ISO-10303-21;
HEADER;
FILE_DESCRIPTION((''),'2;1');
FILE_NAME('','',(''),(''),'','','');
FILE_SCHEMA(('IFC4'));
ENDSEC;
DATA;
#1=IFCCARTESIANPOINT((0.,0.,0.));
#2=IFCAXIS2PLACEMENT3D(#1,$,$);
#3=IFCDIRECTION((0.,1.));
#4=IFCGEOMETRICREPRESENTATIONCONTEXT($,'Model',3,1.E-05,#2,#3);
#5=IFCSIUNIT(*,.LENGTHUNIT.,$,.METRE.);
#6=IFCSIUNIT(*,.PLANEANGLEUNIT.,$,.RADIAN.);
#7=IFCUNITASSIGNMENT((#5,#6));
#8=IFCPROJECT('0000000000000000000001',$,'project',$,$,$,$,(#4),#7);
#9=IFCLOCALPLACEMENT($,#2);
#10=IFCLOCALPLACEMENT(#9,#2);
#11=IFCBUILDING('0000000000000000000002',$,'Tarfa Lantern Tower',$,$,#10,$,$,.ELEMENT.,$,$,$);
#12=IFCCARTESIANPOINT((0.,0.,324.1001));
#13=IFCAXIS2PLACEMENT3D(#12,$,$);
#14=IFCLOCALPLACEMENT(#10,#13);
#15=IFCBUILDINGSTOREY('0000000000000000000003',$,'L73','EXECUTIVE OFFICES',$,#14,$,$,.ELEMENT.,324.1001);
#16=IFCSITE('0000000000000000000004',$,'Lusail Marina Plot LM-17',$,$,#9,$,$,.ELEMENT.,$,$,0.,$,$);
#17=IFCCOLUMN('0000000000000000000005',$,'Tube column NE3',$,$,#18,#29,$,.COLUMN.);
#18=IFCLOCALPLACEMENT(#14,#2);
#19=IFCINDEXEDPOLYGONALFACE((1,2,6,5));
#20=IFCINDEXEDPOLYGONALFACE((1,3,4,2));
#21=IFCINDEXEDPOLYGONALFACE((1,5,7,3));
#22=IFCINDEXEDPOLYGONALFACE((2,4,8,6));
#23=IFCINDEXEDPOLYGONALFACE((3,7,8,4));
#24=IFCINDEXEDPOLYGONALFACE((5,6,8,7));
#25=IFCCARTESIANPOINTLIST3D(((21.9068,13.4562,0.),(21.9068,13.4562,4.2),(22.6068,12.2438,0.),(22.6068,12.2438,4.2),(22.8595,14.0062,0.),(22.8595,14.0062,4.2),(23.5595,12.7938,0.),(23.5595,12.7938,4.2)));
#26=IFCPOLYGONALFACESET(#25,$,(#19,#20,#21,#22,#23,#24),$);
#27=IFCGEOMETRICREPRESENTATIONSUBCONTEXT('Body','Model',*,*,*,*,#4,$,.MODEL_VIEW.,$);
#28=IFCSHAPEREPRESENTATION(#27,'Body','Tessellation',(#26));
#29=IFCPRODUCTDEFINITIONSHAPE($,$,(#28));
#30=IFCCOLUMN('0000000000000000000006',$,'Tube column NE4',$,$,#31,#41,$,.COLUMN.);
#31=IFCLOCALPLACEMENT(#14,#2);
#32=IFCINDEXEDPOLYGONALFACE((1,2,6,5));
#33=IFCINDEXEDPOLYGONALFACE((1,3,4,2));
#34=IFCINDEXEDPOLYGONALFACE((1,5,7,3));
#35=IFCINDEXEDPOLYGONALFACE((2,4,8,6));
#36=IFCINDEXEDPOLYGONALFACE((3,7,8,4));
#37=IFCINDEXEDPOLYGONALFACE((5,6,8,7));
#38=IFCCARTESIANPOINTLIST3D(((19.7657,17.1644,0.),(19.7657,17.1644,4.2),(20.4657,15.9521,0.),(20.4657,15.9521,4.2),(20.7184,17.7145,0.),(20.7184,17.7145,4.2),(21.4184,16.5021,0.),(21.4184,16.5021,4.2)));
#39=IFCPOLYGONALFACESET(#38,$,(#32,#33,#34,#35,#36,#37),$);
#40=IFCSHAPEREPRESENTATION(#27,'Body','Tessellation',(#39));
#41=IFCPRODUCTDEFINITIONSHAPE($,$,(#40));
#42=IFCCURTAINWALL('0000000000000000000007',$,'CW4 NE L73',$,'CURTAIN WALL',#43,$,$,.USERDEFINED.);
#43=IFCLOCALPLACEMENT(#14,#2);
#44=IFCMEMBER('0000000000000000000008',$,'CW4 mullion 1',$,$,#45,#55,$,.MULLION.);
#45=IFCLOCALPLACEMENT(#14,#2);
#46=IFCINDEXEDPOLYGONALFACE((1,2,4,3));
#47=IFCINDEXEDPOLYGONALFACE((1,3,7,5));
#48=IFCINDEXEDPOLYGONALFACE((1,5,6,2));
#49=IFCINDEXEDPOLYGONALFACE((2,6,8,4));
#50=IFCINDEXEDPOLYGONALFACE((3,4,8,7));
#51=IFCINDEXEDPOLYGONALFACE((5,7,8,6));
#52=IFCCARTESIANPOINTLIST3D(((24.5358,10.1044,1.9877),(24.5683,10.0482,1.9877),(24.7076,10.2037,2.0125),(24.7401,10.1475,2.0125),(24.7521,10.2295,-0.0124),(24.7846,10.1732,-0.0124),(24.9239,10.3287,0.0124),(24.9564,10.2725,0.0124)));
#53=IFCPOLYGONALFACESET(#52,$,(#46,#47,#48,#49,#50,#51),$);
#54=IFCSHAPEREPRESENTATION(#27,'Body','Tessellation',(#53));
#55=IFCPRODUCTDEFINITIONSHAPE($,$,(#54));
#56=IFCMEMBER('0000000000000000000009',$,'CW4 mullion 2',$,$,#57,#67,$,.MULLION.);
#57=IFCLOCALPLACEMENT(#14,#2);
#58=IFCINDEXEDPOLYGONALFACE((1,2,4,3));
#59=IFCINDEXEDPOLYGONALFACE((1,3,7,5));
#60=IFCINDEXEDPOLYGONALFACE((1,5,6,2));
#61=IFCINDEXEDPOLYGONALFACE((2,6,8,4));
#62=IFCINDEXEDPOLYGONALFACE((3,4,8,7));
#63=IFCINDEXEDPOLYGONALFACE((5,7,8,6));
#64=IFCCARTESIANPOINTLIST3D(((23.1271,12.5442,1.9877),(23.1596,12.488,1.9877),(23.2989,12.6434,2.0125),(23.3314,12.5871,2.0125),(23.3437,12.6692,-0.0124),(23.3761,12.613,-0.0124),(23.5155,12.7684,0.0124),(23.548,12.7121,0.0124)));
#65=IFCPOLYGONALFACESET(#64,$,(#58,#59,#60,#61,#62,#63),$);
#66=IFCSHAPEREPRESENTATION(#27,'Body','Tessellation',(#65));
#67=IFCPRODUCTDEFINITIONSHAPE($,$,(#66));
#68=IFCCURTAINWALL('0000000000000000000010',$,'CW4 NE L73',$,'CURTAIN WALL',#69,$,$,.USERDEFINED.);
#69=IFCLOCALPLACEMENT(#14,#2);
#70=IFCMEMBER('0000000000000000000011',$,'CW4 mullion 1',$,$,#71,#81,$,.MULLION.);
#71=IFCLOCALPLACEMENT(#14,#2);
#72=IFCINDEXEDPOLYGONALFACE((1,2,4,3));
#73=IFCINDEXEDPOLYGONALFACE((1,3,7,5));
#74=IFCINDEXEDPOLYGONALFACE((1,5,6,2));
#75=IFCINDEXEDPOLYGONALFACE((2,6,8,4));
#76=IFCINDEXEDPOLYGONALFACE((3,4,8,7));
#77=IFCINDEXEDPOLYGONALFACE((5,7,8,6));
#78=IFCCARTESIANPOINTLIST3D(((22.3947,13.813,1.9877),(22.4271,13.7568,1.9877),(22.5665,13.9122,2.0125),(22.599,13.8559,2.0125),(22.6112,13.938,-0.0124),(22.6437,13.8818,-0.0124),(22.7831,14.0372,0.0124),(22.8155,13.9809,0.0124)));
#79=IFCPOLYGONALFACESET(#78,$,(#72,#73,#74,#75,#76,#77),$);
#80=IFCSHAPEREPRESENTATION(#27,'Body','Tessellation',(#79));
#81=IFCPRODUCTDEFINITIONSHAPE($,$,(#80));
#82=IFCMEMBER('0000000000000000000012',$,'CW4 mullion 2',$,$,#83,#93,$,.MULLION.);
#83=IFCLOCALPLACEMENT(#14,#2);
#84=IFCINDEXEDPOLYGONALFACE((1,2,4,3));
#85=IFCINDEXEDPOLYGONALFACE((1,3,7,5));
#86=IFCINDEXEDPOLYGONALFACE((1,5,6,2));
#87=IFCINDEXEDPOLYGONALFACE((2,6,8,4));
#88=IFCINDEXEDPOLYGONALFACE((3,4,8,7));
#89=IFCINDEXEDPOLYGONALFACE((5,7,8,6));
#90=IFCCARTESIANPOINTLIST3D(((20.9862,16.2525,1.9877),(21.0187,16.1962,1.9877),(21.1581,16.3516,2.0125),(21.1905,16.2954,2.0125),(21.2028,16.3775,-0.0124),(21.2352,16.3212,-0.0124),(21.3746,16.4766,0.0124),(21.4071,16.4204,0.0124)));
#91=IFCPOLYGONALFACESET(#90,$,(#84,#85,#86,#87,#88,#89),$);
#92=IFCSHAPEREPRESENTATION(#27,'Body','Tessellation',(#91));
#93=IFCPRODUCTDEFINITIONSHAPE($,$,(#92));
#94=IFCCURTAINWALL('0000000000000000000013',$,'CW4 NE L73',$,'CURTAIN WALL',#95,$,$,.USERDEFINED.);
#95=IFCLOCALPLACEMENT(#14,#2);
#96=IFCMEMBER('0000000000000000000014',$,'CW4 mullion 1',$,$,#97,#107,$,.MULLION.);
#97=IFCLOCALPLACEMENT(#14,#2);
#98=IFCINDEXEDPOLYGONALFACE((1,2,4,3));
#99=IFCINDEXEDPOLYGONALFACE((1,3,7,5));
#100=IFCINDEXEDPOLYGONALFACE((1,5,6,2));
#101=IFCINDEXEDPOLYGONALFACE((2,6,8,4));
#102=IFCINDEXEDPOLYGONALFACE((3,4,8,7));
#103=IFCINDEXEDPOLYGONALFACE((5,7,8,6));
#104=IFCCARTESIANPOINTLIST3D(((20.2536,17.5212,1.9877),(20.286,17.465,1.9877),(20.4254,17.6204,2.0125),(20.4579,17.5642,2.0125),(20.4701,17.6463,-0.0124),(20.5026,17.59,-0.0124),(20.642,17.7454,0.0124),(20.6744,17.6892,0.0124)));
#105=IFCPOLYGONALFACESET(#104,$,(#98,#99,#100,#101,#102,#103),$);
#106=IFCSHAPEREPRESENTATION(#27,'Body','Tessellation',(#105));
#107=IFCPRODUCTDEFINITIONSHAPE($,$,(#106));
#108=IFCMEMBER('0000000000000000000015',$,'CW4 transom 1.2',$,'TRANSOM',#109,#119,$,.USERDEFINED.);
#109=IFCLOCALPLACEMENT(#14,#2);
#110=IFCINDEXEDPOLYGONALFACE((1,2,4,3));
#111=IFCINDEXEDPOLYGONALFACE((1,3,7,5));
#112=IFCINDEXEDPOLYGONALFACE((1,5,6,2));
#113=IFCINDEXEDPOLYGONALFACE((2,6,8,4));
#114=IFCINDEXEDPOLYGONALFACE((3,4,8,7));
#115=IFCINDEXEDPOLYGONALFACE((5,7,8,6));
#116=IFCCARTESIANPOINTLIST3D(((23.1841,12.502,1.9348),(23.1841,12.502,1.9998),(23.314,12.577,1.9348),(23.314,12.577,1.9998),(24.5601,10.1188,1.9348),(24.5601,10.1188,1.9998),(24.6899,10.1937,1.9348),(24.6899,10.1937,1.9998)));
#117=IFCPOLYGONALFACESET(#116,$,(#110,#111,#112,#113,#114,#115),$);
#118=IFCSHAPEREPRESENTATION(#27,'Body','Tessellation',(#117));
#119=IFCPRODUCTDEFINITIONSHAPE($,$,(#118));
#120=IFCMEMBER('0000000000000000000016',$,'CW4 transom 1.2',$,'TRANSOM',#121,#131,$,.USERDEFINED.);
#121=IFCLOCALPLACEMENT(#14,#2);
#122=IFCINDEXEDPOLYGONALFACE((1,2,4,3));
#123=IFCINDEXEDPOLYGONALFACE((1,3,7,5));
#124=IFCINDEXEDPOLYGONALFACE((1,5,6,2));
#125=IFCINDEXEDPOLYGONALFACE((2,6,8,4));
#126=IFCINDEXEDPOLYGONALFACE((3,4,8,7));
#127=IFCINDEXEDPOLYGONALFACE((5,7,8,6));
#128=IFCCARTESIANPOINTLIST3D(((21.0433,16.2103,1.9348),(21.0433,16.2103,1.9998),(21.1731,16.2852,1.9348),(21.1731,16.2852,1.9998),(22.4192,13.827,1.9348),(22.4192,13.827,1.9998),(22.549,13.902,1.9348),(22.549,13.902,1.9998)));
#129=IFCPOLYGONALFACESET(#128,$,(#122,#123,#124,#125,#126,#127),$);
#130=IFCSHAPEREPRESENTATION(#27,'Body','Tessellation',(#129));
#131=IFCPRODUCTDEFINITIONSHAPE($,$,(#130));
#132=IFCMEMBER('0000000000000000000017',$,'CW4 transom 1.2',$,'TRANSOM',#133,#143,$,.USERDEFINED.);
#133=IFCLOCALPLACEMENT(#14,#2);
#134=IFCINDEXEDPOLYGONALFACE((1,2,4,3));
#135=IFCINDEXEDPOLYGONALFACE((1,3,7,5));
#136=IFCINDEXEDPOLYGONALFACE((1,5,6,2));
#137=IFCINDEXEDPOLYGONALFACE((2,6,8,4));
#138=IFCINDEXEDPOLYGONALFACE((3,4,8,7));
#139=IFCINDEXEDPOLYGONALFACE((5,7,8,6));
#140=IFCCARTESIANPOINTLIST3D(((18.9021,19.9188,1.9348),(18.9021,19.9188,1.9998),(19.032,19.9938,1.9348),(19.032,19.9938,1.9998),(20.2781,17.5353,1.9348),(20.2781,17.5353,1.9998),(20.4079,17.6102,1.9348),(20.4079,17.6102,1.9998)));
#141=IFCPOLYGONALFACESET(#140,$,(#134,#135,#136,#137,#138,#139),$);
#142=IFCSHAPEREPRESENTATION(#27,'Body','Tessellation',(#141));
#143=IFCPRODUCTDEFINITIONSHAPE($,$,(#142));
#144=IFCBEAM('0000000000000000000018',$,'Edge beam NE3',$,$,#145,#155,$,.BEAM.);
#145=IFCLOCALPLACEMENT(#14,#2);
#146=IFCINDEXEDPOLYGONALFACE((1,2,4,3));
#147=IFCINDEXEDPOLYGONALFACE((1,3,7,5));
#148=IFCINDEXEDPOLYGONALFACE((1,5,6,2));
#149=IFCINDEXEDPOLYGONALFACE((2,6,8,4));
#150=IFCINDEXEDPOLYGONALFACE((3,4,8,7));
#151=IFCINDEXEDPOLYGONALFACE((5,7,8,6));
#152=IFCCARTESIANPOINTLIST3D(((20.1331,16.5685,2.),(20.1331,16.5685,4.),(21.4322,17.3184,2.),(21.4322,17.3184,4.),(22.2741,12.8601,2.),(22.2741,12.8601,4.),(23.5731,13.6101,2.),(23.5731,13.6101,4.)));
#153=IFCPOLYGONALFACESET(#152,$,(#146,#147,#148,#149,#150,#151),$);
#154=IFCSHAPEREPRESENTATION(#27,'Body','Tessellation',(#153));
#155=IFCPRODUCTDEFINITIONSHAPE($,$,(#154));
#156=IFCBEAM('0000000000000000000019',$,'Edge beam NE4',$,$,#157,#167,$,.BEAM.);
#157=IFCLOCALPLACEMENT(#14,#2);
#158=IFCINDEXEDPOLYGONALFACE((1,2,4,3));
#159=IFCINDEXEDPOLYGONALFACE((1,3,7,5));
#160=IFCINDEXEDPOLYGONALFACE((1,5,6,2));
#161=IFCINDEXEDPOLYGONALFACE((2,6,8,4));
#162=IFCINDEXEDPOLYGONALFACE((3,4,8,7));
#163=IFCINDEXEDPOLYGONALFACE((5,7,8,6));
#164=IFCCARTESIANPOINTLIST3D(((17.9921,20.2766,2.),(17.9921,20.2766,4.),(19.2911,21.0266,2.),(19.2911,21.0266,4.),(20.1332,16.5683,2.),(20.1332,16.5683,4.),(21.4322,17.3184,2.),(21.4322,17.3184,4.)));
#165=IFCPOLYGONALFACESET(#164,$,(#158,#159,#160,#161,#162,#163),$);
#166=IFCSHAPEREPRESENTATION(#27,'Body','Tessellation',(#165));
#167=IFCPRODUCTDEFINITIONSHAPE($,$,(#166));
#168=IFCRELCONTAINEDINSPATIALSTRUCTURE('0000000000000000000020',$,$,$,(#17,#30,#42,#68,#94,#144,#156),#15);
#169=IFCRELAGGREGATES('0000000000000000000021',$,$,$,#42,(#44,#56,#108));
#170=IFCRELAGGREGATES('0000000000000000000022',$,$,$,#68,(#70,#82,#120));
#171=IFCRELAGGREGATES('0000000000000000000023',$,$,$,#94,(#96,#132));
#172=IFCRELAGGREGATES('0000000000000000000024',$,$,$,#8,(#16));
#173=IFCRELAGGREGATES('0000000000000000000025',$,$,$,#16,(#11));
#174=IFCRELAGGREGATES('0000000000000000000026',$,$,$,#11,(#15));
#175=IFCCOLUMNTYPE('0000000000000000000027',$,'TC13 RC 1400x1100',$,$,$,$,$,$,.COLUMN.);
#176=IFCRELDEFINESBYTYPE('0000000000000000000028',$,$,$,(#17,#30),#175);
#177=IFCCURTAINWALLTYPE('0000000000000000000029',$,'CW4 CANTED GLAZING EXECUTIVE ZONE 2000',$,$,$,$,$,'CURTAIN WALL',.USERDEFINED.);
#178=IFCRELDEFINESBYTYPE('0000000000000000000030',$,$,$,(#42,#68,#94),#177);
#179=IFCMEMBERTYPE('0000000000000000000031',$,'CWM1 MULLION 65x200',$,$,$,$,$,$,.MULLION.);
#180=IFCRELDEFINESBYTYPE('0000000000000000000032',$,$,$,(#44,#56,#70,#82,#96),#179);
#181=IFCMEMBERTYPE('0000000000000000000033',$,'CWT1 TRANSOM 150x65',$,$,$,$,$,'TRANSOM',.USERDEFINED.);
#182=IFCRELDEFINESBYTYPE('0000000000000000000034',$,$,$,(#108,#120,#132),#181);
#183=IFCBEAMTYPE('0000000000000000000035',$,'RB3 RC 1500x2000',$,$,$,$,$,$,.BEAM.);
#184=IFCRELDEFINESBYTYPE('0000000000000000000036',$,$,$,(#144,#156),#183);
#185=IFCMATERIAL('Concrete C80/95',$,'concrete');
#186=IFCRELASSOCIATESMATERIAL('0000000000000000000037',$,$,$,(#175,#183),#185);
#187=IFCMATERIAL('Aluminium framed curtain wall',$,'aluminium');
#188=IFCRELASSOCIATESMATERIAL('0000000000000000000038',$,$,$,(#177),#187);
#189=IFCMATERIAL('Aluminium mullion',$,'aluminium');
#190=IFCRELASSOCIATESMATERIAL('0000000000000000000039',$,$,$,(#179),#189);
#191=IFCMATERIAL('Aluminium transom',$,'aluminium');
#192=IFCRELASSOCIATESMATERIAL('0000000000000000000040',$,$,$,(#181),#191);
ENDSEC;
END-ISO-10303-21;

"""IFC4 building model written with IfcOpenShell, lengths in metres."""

from ifc_helpers import new_model, si_unit, direction, frame, origin, origin_2d, place, context, subcontext, project, spatial, rectangle, extrude, material, material_profile, profile_set, type_object, element, aggregate, save


model = new_model("IFC4")

# Units and contexts
model_context = context("Model", 3, precision=1e-05, world=origin(), true_north=direction((0.0, 1.0)))
body_context = subcontext(model_context, "Body", "Model", "MODEL_VIEW")
ifc_project = project(units=[si_unit("LENGTHUNIT", "METRE"), si_unit("PLANEANGLEUNIT", "RADIAN")], contexts=[model_context])

# Site, building, storey
site_placement = place(None, origin())
site = spatial("IfcSite", under=ifc_project, at=site_placement, Name="Lusail Marina Plot LM-17", CompositionType="ELEMENT", RefElevation=0.0)
building_placement = place(site_placement, origin())
building = spatial("IfcBuilding", under=site, at=building_placement, Name="Tarfa Lantern Tower", CompositionType="ELEMENT")
storey_placement = place(building_placement, frame((0.0, 0.0, 324.1001)))
storey = spatial("IfcBuildingStorey", under=building, at=storey_placement, Name="L73", Description="EXECUTIVE OFFICES", CompositionType="ELEMENT", Elevation=324.1001)

# Columns
ifc_material_1 = material(Name="Concrete C80/95", Category="concrete")
ifc_material_profile_1 = material_profile(ifc_material_1, rectangle(XDim=1.3999, YDim=1.1001, at=origin_2d()), Name="RC 1400x1100")
ifc_profile_set_1 = profile_set([ifc_material_profile_1], Name="Concrete C80/95")
column_type = type_object("IfcColumnType", Name="TC13 RC 1400x1100", PredefinedType="COLUMN", material=ifc_profile_set_1)
for number, where, z_axis, x_axis, name in (
    (1, (22.7332, 13.125, 0.0), (0.0, 0.0, 1.0), (-0.5, 0.866025, 0.0), "Tube column NE3"),
    (2, (20.592, 16.8333, 0.0), (0.0, 0.0, 1.0), (-0.5, 0.866025, 0.0), "Tube column NE4"),
):
    element("IfcColumn", number, at=place(storey_placement, frame(where, z_axis=z_axis, x_axis=x_axis)), inside=storey, type_object=column_type, Name=name, PredefinedType="COLUMN", context=body_context, shape_type="SweptSolid", body=[
        extrude(rectangle(XDim=1.3999, YDim=1.1001, at=origin_2d()), origin(), (0.0, 0.0, 1.0), 4.2),
    ])

# Curtain walls, members
ifc_material_2 = material(Name="Aluminium framed curtain wall", Category="aluminium")
curtain_wall_type = type_object("IfcCurtainWallType", Name="CW4 CANTED GLAZING EXECUTIVE ZONE 2000", ElementType="CURTAIN WALL", PredefinedType="USERDEFINED", material=ifc_material_2)
curtain_wall_1_placement = place(storey_placement, origin())
curtain_wall_1 = element("IfcCurtainWall", 3, at=curtain_wall_1_placement, inside=storey, type_object=curtain_wall_type, Name="CW4 NE L73", ObjectType="CURTAIN WALL", PredefinedType="USERDEFINED")
ifc_material_3 = material(Name="Aluminium mullion", Category="aluminium")
ifc_material_profile_2 = material_profile(ifc_material_3, rectangle(XDim=0.0649, YDim=0.2, at=origin_2d()), Name="AL MULLION 65x200")
ifc_profile_set_2 = profile_set([ifc_material_profile_2], Name="Aluminium mullion")
member_type_1 = type_object("IfcMemberType", Name="CWM1 MULLION 65x200", PredefinedType="MULLION", material=ifc_profile_set_2)
member_1_placement = place(storey_placement, frame((24.8542, 10.251, 0.0), z_axis=(-0.10732, -0.062018, 0.992288), x_axis=(0.500343, -0.865827, 0.0)))
member_1 = element("IfcMember", 4, at=member_1_placement, type_object=member_type_1, Name="CW4 mullion 1", PredefinedType="MULLION", context=body_context, shape_type="SweptSolid", body=[
    extrude(rectangle(XDim=0.0649, YDim=0.2, at=origin_2d()), origin(), (0.0, 0.0, 1.0), 2.0156),
])
member_2_placement = place(storey_placement, frame((23.4458, 12.6907, 0.0), z_axis=(-0.10744, -0.062017, 0.992275), x_axis=(0.49992, -0.866072, 0.0)))
member_2 = element("IfcMember", 5, at=member_2_placement, type_object=member_type_1, Name="CW4 mullion 2", PredefinedType="MULLION", context=body_context, shape_type="SweptSolid", body=[
    extrude(rectangle(XDim=0.0649, YDim=0.2, at=origin_2d()), origin(), (0.0, 0.0, 1.0), 2.0156),
])
curtain_wall_2_placement = place(storey_placement, origin())
curtain_wall_2 = element("IfcCurtainWall", 6, at=curtain_wall_2_placement, inside=storey, type_object=curtain_wall_type, Name="CW4 NE L73", ObjectType="CURTAIN WALL", PredefinedType="USERDEFINED")
member_3_placement = place(storey_placement, frame((22.7134, 13.9595, 0.0), z_axis=(-0.10744, -0.062017, 0.992275), x_axis=(0.49992, -0.866072, 0.0)))
member_3 = element("IfcMember", 7, at=member_3_placement, type_object=member_type_1, Name="CW4 mullion 1", PredefinedType="MULLION", context=body_context, shape_type="SweptSolid", body=[
    extrude(rectangle(XDim=0.0649, YDim=0.2, at=origin_2d()), origin(), (0.0, 0.0, 1.0), 2.0156),
])
member_4_placement = place(storey_placement, frame((21.3049, 16.3989, 0.0), z_axis=(-0.10744, -0.062017, 0.992275), x_axis=(0.49992, -0.866072, 0.0)))
member_4 = element("IfcMember", 8, at=member_4_placement, type_object=member_type_1, Name="CW4 mullion 2", PredefinedType="MULLION", context=body_context, shape_type="SweptSolid", body=[
    extrude(rectangle(XDim=0.0649, YDim=0.2, at=origin_2d()), origin(), (0.0, 0.0, 1.0), 2.0156),
])

# Curtain wall, member
curtain_wall_3_placement = place(storey_placement, origin())
curtain_wall_3 = element("IfcCurtainWall", 9, at=curtain_wall_3_placement, inside=storey, type_object=curtain_wall_type, Name="CW4 NE L73", ObjectType="CURTAIN WALL", PredefinedType="USERDEFINED")
member_5_placement = place(storey_placement, frame((20.5723, 17.6677, 0.0), z_axis=(-0.10744, -0.062017, 0.992275), x_axis=(0.49992, -0.866072, 0.0)))
member_5 = element("IfcMember", 10, at=member_5_placement, type_object=member_type_1, Name="CW4 mullion 1", PredefinedType="MULLION", context=body_context, shape_type="SweptSolid", body=[
    extrude(rectangle(XDim=0.0649, YDim=0.2, at=origin_2d()), origin(), (0.0, 0.0, 1.0), 2.0156),
])

# Members
ifc_material_4 = material(Name="Aluminium transom", Category="aluminium")
ifc_material_profile_3 = material_profile(ifc_material_4, rectangle(XDim=0.1499, YDim=0.0649, at=origin_2d()), Name="AL TRANSOM 150x65")
ifc_profile_set_3 = profile_set([ifc_material_profile_3], Name="Aluminium transom")
member_type_2 = type_object("IfcMemberType", Name="CWT1 TRANSOM 150x65", ElementType="TRANSOM", PredefinedType="USERDEFINED", material=ifc_profile_set_3)
member_6_placement = place(storey_placement, frame((24.625, 10.1562, 1.9673), z_axis=(-0.499994, 0.866029, 0.0), x_axis=(-0.866029, -0.499994, 0.0)))
member_6 = element("IfcMember", 11, at=member_6_placement, type_object=member_type_2, Name="CW4 transom 1.2", ObjectType="TRANSOM", PredefinedType="USERDEFINED", context=body_context, shape_type="SweptSolid", body=[
    extrude(rectangle(XDim=0.1499, YDim=0.0649, at=origin_2d()), origin(), (0.0, 0.0, 1.0), 2.752),
])
member_7_placement = place(storey_placement, frame((22.4841, 13.8645, 1.9673), z_axis=(-0.499994, 0.866029, 0.0), x_axis=(-0.866029, -0.499994, 0.0)))
member_7 = element("IfcMember", 12, at=member_7_placement, type_object=member_type_2, Name="CW4 transom 1.2", ObjectType="TRANSOM", PredefinedType="USERDEFINED", context=body_context, shape_type="SweptSolid", body=[
    extrude(rectangle(XDim=0.1499, YDim=0.0649, at=origin_2d()), origin(), (0.0, 0.0, 1.0), 2.752),
])
member_8_placement = place(storey_placement, frame((20.343, 17.5728, 1.9673), z_axis=(-0.499955, 0.866051, 0.0), x_axis=(-0.866051, -0.499955, 0.0)))
member_8 = element("IfcMember", 13, at=member_8_placement, type_object=member_type_2, Name="CW4 transom 1.2", ObjectType="TRANSOM", PredefinedType="USERDEFINED", context=body_context, shape_type="SweptSolid", body=[
    extrude(rectangle(XDim=0.1499, YDim=0.0649, at=origin_2d()), origin(), (0.0, 0.0, 1.0), 2.7522),
])

# Beams
ifc_material_profile_4 = material_profile(ifc_material_1, rectangle(XDim=1.5, YDim=2.0, at=origin_2d()), Name="RC 1500x2000")
ifc_profile_set_4 = profile_set([ifc_material_profile_4], Name="Concrete C80/95")
beam_type_1 = type_object("IfcBeamType", Name="RB3 RC 1500x2000", PredefinedType="BEAM", material=ifc_profile_set_4)
for number, where, z_axis, x_axis, name in (
    (14, (22.9236, 13.2351, 3.0), (-0.499984, 0.866035, 0.0), (-0.866035, -0.499984, 0.0), "Edge beam NE3"),
    (15, (20.7827, 16.9434, 3.0), (-0.500027, 0.86601, 0.0), (-0.86601, -0.500027, 0.0), "Edge beam NE4"),
):
    element("IfcBeam", number, at=place(storey_placement, frame(where, z_axis=z_axis, x_axis=x_axis)), inside=storey, type_object=beam_type_1, Name=name, PredefinedType="BEAM", context=body_context, shape_type="SweptSolid", body=[
        extrude(rectangle(XDim=1.5, YDim=2.0, at=origin_2d()), origin(), (0.0, 0.0, 1.0), 4.282),
    ])

aggregate(curtain_wall_1, [member_1, member_2, member_6])
aggregate(curtain_wall_2, [member_3, member_4, member_7])
aggregate(curtain_wall_3, [member_5, member_8])

save(model, "model.ifc")
